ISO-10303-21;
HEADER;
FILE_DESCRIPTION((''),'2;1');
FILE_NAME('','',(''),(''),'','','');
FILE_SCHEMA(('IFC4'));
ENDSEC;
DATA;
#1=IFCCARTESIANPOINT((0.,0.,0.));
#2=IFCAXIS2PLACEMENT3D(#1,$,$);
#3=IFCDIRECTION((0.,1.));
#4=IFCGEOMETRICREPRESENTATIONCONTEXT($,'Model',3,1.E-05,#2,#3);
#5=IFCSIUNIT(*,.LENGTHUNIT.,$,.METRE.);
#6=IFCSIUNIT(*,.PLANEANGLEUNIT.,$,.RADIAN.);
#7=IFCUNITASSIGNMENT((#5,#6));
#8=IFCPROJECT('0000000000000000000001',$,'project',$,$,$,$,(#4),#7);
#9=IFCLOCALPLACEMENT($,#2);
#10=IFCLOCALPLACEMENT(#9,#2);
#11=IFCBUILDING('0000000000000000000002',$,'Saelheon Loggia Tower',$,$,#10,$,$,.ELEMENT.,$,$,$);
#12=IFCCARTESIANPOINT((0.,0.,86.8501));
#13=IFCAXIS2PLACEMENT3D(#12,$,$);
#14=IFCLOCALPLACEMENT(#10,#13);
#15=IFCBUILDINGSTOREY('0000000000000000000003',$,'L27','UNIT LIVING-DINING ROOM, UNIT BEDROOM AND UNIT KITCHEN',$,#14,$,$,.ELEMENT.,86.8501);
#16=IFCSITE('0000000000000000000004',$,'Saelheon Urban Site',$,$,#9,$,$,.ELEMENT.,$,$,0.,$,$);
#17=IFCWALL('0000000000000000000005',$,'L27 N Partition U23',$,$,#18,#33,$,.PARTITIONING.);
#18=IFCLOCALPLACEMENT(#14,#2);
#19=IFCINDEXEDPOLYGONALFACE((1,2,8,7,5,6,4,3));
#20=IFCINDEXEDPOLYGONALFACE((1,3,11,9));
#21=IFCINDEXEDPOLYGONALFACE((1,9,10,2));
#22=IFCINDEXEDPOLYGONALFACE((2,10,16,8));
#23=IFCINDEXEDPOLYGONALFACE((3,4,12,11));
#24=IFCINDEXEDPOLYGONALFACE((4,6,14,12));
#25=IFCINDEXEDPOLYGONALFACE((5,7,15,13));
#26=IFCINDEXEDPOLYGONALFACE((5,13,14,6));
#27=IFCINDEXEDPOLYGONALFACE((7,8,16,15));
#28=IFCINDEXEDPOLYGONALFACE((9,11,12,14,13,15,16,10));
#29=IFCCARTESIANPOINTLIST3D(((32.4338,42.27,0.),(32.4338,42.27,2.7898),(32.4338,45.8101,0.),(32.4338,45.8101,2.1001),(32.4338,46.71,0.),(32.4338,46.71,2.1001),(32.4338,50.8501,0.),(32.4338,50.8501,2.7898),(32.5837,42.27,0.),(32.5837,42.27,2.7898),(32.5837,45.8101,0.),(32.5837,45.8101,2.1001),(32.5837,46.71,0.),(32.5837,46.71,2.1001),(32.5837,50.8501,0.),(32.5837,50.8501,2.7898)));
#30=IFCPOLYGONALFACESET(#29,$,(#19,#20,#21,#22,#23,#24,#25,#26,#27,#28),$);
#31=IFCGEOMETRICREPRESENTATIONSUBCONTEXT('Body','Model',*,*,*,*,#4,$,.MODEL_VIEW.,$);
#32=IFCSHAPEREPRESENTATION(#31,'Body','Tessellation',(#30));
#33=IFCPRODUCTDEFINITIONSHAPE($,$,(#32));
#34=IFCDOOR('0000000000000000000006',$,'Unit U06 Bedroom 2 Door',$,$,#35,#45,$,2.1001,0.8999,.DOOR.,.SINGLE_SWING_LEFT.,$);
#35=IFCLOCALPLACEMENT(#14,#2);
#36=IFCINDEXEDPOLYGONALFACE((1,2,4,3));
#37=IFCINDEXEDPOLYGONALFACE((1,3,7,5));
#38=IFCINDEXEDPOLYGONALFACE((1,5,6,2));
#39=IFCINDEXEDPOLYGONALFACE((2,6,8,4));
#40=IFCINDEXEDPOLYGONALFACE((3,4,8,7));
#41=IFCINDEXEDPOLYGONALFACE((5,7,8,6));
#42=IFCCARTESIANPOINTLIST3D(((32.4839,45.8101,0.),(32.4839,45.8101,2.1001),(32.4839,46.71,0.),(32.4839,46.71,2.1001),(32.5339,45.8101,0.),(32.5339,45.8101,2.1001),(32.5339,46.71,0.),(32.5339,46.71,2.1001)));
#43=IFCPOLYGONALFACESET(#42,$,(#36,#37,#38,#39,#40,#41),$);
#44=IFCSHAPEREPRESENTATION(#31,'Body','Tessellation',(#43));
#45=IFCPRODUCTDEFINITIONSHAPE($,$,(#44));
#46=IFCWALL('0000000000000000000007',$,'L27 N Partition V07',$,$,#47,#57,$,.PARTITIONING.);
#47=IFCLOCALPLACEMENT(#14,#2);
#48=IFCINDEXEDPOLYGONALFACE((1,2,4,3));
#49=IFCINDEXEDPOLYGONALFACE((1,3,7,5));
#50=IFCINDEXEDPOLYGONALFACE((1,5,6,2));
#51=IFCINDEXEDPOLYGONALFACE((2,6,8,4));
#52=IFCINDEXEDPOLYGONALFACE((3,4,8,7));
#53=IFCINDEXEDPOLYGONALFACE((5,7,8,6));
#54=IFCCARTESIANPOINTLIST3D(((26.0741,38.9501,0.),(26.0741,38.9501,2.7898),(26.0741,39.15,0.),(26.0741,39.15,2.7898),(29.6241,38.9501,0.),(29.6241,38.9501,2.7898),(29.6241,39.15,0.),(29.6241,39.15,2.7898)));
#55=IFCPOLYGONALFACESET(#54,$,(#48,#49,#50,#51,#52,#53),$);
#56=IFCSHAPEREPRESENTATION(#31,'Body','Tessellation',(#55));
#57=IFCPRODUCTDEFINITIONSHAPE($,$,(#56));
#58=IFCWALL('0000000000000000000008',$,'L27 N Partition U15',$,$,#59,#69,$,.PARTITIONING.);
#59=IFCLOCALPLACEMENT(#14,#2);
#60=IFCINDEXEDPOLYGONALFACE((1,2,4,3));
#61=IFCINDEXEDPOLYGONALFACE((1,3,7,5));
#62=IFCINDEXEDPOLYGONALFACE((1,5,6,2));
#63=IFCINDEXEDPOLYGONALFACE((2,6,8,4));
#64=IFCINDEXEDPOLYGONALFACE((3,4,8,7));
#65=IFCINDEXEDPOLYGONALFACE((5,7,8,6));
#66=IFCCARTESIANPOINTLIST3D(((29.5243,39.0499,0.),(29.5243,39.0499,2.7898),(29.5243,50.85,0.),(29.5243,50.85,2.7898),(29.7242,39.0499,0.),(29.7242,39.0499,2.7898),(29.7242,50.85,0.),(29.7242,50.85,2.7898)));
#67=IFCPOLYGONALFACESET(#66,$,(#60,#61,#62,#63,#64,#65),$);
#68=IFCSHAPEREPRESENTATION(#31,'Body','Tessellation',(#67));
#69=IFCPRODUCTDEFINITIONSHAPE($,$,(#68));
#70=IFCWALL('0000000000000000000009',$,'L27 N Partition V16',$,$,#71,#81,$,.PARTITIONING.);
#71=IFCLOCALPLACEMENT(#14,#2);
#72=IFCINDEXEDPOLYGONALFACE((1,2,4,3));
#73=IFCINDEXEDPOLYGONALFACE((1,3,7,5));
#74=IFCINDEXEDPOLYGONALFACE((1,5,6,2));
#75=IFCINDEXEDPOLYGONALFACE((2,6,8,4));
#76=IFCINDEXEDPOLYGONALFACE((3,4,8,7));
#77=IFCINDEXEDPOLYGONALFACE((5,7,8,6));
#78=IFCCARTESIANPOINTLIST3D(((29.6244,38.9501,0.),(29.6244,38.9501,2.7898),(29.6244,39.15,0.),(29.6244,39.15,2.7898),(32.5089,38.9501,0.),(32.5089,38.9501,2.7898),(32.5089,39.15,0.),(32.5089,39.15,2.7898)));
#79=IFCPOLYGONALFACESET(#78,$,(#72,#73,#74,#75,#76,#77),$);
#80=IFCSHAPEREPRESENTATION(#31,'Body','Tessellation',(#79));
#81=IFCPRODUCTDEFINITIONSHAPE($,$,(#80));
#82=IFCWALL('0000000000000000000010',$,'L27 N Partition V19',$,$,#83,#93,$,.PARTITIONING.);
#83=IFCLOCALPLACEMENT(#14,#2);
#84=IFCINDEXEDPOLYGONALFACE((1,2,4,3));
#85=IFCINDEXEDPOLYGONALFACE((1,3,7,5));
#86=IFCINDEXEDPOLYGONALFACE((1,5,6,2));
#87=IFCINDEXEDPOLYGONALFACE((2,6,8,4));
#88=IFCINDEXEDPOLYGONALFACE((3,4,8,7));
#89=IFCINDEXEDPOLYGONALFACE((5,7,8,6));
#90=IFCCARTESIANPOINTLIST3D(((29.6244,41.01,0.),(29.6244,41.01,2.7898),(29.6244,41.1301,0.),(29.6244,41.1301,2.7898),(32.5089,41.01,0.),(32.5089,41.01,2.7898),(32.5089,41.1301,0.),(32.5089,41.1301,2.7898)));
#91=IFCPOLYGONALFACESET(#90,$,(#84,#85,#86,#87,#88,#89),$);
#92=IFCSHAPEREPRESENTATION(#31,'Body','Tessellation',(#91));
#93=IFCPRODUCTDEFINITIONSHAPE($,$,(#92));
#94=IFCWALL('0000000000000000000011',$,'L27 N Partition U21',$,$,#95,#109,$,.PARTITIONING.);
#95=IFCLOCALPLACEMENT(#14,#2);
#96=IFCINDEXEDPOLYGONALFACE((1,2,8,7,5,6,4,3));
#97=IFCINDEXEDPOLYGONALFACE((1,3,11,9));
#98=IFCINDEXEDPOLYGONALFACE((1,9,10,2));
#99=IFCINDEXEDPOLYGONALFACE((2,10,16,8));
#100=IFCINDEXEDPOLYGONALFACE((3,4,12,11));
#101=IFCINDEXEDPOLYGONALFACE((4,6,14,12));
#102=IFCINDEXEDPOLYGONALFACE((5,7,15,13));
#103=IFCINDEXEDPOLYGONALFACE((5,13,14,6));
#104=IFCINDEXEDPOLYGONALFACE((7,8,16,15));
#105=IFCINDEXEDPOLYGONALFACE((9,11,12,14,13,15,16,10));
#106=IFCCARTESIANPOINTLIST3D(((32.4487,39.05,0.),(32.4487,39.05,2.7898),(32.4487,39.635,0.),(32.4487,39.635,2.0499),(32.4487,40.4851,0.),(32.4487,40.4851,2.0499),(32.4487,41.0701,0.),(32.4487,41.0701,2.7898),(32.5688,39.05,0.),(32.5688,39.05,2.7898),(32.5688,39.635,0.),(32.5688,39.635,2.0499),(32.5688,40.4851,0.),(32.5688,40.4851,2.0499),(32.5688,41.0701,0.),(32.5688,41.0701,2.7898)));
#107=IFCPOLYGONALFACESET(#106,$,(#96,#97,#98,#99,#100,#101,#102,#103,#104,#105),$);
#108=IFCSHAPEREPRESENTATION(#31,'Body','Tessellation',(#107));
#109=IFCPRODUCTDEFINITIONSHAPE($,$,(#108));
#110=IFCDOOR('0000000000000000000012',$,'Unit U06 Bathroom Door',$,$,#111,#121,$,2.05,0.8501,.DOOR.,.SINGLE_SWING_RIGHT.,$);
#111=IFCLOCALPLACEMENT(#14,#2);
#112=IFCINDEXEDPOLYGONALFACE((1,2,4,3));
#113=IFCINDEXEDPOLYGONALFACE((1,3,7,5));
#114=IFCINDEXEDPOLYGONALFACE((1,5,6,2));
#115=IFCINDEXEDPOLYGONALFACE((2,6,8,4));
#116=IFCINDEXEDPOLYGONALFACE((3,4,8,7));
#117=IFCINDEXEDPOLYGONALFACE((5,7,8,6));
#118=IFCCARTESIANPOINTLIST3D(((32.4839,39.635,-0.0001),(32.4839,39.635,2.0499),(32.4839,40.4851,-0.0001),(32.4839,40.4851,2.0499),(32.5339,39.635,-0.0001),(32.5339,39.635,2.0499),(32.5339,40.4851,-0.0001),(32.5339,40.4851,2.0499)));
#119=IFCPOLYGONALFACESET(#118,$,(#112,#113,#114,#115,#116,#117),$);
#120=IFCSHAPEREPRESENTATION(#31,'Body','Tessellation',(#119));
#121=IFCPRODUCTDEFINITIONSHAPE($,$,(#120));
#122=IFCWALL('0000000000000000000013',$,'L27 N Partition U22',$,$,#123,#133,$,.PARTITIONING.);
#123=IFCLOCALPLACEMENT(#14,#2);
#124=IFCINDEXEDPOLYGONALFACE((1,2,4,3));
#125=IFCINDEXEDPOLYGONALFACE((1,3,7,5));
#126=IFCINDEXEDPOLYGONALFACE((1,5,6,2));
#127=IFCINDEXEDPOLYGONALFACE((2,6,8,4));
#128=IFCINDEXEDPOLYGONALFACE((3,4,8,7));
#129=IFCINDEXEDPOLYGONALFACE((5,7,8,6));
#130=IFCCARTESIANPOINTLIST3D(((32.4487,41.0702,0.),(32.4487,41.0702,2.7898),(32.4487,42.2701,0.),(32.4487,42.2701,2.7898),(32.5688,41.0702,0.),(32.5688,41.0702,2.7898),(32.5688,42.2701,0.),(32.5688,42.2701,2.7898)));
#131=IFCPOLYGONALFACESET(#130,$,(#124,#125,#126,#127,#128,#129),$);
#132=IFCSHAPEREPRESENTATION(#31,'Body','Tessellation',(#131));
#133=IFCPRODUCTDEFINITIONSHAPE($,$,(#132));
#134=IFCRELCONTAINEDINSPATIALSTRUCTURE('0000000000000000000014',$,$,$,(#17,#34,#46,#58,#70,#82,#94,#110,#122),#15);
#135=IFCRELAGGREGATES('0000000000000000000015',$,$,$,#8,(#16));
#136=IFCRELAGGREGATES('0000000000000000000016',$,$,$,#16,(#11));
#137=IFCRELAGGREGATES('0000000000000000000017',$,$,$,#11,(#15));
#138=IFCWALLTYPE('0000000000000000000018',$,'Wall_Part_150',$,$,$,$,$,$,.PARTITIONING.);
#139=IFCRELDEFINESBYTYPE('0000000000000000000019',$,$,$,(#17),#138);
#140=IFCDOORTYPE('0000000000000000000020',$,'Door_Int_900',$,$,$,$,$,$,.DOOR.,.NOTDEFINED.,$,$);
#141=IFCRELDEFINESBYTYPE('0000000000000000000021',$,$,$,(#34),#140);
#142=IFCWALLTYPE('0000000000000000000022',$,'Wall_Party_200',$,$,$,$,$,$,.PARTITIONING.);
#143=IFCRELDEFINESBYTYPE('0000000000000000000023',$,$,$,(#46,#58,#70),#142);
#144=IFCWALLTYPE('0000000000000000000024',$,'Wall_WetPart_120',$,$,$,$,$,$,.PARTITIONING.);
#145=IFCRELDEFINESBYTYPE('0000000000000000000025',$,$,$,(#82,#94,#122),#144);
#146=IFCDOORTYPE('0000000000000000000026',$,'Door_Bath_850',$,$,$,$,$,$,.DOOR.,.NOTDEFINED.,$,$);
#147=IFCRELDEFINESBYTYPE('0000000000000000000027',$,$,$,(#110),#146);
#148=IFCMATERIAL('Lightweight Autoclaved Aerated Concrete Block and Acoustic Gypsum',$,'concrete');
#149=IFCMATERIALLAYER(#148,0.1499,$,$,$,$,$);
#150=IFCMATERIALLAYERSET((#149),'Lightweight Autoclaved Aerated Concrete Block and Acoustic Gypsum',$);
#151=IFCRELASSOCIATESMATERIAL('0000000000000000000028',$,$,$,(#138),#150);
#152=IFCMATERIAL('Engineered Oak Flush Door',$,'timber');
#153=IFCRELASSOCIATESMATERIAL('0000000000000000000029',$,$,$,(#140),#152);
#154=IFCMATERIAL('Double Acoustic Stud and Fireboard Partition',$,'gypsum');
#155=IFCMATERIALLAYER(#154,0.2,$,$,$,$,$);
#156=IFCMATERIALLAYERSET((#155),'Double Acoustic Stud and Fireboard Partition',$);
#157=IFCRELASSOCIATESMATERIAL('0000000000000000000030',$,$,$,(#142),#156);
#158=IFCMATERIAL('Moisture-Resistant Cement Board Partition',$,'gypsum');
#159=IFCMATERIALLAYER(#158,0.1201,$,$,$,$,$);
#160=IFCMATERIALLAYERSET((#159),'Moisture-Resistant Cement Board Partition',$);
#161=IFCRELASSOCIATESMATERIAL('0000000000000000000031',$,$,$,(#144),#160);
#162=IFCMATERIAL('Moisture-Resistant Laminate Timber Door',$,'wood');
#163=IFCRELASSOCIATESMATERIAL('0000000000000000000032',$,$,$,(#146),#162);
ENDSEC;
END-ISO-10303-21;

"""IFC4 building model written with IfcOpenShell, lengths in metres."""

from ifc_helpers import new_model, si_unit, direction, frame, frame_2d, origin, place, context, subcontext, project, spatial, rectangle, extrude, source, transform, mapped, material, layer, layer_set, type_object, element, fill, save


model = new_model("IFC4")

# Units and contexts
model_context = context("Model", 3, precision=1e-05, world=origin(), true_north=direction((0.0, 1.0)))
body_context = subcontext(model_context, "Body", "Model", "MODEL_VIEW")
ifc_project = project(units=[si_unit("LENGTHUNIT", "METRE"), si_unit("PLANEANGLEUNIT", "RADIAN")], contexts=[model_context])

# Site, building, storey
site_placement = place(None, origin())
site = spatial("IfcSite", under=ifc_project, at=site_placement, Name="Saelheon Urban Site", CompositionType="ELEMENT", RefElevation=0.0)
building_placement = place(site_placement, origin())
building = spatial("IfcBuilding", under=site, at=building_placement, Name="Saelheon Loggia Tower", CompositionType="ELEMENT")
storey_placement = place(building_placement, frame((0.0, 0.0, 86.8501)))
storey = spatial("IfcBuildingStorey", under=building, at=storey_placement, Name="L27", Description="UNIT LIVING-DINING ROOM, UNIT BEDROOM AND UNIT KITCHEN", CompositionType="ELEMENT", Elevation=86.8501)

# Shared definitions
ifc_material_1 = material(Name="Lightweight Autoclaved Aerated Concrete Block and Acoustic Gypsum", Category="concrete")
ifc_layer_1 = layer(ifc_material_1, 0.1499)
ifc_layer_set_1 = layer_set([ifc_layer_1], Name="Lightweight Autoclaved Aerated Concrete Block and Acoustic Gypsum")
wall_type_1 = type_object("IfcWallType", Name="Wall_Part_150", PredefinedType="PARTITIONING", material=ifc_layer_set_1)

# Wall, opening, door
ifc_material_2 = material(Name="Engineered Oak Flush Door", Category="timber")
door_type_1 = type_object("IfcDoorType", Name="Door_Int_900", OperationType="NOTDEFINED", PredefinedType="DOOR", material=ifc_material_2)
shared_shape_1 = source(origin(), body_context, "Body", "SweptSolid", [
    extrude(rectangle(XDim=0.8999, YDim=2.1001, at=frame_2d((0.45, 1.05))), frame((0.0, 0.0249, 0.0), z_axis=(0.0, -1.0, 0.0), x_axis=(1.0, 0.0, 0.0)), (0.0, 0.0, 1.0), 0.05),
])
wall_1_placement = place(storey_placement, frame((32.5088, 42.27, 0.0), z_axis=(0.0, 0.0, 1.0), x_axis=(0.0, 1.0, 0.0)))
wall_1 = element("IfcWall", 1, at=wall_1_placement, inside=storey, type_object=wall_type_1, Name="L27 N Partition U23", PredefinedType="PARTITIONING", context=body_context, shape_type="SweptSolid", body=[
    extrude(rectangle(XDim=8.5801, YDim=0.1499, at=frame_2d((4.29, 0.0))), origin(), (0.0, 0.0, 1.0), 2.7898),
])
opening_1_placement = place(wall_1_placement, frame((3.54, 0.0, 0.0)))
opening_1 = element("IfcOpeningElement", 2, at=opening_1_placement, cuts=wall_1, PredefinedType="OPENING", context=body_context, shape_type="SweptSolid", body=[
    extrude(rectangle(XDim=0.8999, YDim=2.1001, at=frame_2d((0.45, 1.05))), frame((0.0, 0.0869, 0.0), z_axis=(0.0, -1.0, 0.0), x_axis=(1.0, 0.0, 0.0)), (0.0, 0.0, 1.0), 0.1738),
])
door_1_placement = place(opening_1_placement, origin())
door_1 = element("IfcDoor", 3, at=door_1_placement, inside=storey, type_object=door_type_1, Name="Unit U06 Bedroom 2 Door", OperationType="SINGLE_SWING_LEFT", OverallHeight=2.1001, OverallWidth=0.8999, PredefinedType="DOOR", context=body_context, shape_type="MappedRepresentation", body=[
    mapped(shared_shape_1, transform((0.0, 0.0, 0.0), scale=1.0)),
])
fill(opening_1, door_1)

# Walls
ifc_material_3 = material(Name="Double Acoustic Stud and Fireboard Partition", Category="gypsum")
ifc_layer_2 = layer(ifc_material_3, 0.2)
ifc_layer_set_2 = layer_set([ifc_layer_2], Name="Double Acoustic Stud and Fireboard Partition")
wall_type_2 = type_object("IfcWallType", Name="Wall_Party_200", PredefinedType="PARTITIONING", material=ifc_layer_set_2)
wall_2_placement = place(storey_placement, frame((26.0742, 39.05, 0.0), z_axis=(0.0, 0.0, 1.0), x_axis=(1.0, 0.0, 0.0)))
element("IfcWall", 4, at=wall_2_placement, inside=storey, type_object=wall_type_2, Name="L27 N Partition V07", PredefinedType="PARTITIONING", context=body_context, shape_type="SweptSolid", body=[
    extrude(rectangle(XDim=3.55, YDim=0.2, at=frame_2d((1.7749, 0.0))), origin(), (0.0, 0.0, 1.0), 2.7898),
])
wall_3_placement = place(storey_placement, frame((29.6243, 39.05, 0.0), z_axis=(0.0, 0.0, 1.0), x_axis=(0.0, 1.0, 0.0)))
element("IfcWall", 5, at=wall_3_placement, inside=storey, type_object=wall_type_2, Name="L27 N Partition U15", PredefinedType="PARTITIONING", context=body_context, shape_type="SweptSolid", body=[
    extrude(rectangle(XDim=11.8, YDim=0.2, at=frame_2d((5.8999, 0.0))), origin(), (0.0, 0.0, 1.0), 2.7898),
])
wall_4_placement = place(storey_placement, frame((29.6243, 39.05, 0.0), z_axis=(0.0, 0.0, 1.0), x_axis=(1.0, 0.0, 0.0)))
element("IfcWall", 6, at=wall_4_placement, inside=storey, type_object=wall_type_2, Name="L27 N Partition V16", PredefinedType="PARTITIONING", context=body_context, shape_type="SweptSolid", body=[
    extrude(rectangle(XDim=2.8845, YDim=0.2, at=frame_2d((1.4424, 0.0))), origin(), (0.0, 0.0, 1.0), 2.7898),
])

# Wall
ifc_material_4 = material(Name="Moisture-Resistant Cement Board Partition", Category="gypsum")
ifc_layer_3 = layer(ifc_material_4, 0.1201)
ifc_layer_set_3 = layer_set([ifc_layer_3], Name="Moisture-Resistant Cement Board Partition")
wall_type_3 = type_object("IfcWallType", Name="Wall_WetPart_120", PredefinedType="PARTITIONING", material=ifc_layer_set_3)
wall_5_placement = place(storey_placement, frame((29.6243, 41.0701, 0.0), z_axis=(0.0, 0.0, 1.0), x_axis=(1.0, 0.0, 0.0)))
element("IfcWall", 7, at=wall_5_placement, inside=storey, type_object=wall_type_3, Name="L27 N Partition V19", PredefinedType="PARTITIONING", context=body_context, shape_type="SweptSolid", body=[
    extrude(rectangle(XDim=2.8845, YDim=0.1201, at=frame_2d((1.4424, 0.0))), origin(), (0.0, 0.0, 1.0), 2.7898),
])

# Wall, opening, door
wall_6_placement = place(storey_placement, frame((32.5088, 39.05, 0.0), z_axis=(0.0, 0.0, 1.0), x_axis=(0.0, 1.0, 0.0)))
wall_6 = element("IfcWall", 8, at=wall_6_placement, inside=storey, type_object=wall_type_3, Name="L27 N Partition U21", PredefinedType="PARTITIONING", context=body_context, shape_type="SweptSolid", body=[
    extrude(rectangle(XDim=2.02, YDim=0.1201, at=frame_2d((1.01, 0.0))), origin(), (0.0, 0.0, 1.0), 2.7898),
])
opening_2_placement = place(wall_6_placement, frame((0.585, 0.0, 0.0)))
opening_2 = element("IfcOpeningElement", 9, at=opening_2_placement, cuts=wall_6, PredefinedType="OPENING", context=body_context, shape_type="SweptSolid", body=[
    extrude(rectangle(XDim=0.8501, YDim=2.05, at=frame_2d((0.425, 1.0249))), frame((0.0, 0.072, 0.0), z_axis=(0.0, -1.0, 0.0), x_axis=(1.0, 0.0, 0.0)), (0.0, 0.0, 1.0), 0.144),
])
ifc_material_5 = material(Name="Moisture-Resistant Laminate Timber Door", Category="wood")
door_type_2 = type_object("IfcDoorType", Name="Door_Bath_850", OperationType="NOTDEFINED", PredefinedType="DOOR", material=ifc_material_5)
shared_shape_2 = source(origin(), body_context, "Body", "SweptSolid", [
    extrude(rectangle(XDim=0.8501, YDim=2.05, at=frame_2d((0.425, 1.0249))), frame((0.0, 0.0249, 0.0), z_axis=(0.0, -1.0, 0.0), x_axis=(1.0, 0.0, 0.0)), (0.0, 0.0, 1.0), 0.05),
])
door_2_placement = place(opening_2_placement, origin())
door_2 = element("IfcDoor", 10, at=door_2_placement, inside=storey, type_object=door_type_2, Name="Unit U06 Bathroom Door", OperationType="SINGLE_SWING_RIGHT", OverallHeight=2.05, OverallWidth=0.8501, PredefinedType="DOOR", context=body_context, shape_type="MappedRepresentation", body=[
    mapped(shared_shape_2, transform((0.0, 0.0, 0.0), scale=1.0)),
])
fill(opening_2, door_2)

# Wall
wall_7_placement = place(storey_placement, frame((32.5088, 41.0701, 0.0), z_axis=(0.0, 0.0, 1.0), x_axis=(0.0, 1.0, 0.0)))
element("IfcWall", 11, at=wall_7_placement, inside=storey, type_object=wall_type_3, Name="L27 N Partition U22", PredefinedType="PARTITIONING", context=body_context, shape_type="SweptSolid", body=[
    extrude(rectangle(XDim=1.2, YDim=0.1201, at=frame_2d((0.6001, 0.0))), origin(), (0.0, 0.0, 1.0), 2.7898),
])

save(model, "model.ifc")
